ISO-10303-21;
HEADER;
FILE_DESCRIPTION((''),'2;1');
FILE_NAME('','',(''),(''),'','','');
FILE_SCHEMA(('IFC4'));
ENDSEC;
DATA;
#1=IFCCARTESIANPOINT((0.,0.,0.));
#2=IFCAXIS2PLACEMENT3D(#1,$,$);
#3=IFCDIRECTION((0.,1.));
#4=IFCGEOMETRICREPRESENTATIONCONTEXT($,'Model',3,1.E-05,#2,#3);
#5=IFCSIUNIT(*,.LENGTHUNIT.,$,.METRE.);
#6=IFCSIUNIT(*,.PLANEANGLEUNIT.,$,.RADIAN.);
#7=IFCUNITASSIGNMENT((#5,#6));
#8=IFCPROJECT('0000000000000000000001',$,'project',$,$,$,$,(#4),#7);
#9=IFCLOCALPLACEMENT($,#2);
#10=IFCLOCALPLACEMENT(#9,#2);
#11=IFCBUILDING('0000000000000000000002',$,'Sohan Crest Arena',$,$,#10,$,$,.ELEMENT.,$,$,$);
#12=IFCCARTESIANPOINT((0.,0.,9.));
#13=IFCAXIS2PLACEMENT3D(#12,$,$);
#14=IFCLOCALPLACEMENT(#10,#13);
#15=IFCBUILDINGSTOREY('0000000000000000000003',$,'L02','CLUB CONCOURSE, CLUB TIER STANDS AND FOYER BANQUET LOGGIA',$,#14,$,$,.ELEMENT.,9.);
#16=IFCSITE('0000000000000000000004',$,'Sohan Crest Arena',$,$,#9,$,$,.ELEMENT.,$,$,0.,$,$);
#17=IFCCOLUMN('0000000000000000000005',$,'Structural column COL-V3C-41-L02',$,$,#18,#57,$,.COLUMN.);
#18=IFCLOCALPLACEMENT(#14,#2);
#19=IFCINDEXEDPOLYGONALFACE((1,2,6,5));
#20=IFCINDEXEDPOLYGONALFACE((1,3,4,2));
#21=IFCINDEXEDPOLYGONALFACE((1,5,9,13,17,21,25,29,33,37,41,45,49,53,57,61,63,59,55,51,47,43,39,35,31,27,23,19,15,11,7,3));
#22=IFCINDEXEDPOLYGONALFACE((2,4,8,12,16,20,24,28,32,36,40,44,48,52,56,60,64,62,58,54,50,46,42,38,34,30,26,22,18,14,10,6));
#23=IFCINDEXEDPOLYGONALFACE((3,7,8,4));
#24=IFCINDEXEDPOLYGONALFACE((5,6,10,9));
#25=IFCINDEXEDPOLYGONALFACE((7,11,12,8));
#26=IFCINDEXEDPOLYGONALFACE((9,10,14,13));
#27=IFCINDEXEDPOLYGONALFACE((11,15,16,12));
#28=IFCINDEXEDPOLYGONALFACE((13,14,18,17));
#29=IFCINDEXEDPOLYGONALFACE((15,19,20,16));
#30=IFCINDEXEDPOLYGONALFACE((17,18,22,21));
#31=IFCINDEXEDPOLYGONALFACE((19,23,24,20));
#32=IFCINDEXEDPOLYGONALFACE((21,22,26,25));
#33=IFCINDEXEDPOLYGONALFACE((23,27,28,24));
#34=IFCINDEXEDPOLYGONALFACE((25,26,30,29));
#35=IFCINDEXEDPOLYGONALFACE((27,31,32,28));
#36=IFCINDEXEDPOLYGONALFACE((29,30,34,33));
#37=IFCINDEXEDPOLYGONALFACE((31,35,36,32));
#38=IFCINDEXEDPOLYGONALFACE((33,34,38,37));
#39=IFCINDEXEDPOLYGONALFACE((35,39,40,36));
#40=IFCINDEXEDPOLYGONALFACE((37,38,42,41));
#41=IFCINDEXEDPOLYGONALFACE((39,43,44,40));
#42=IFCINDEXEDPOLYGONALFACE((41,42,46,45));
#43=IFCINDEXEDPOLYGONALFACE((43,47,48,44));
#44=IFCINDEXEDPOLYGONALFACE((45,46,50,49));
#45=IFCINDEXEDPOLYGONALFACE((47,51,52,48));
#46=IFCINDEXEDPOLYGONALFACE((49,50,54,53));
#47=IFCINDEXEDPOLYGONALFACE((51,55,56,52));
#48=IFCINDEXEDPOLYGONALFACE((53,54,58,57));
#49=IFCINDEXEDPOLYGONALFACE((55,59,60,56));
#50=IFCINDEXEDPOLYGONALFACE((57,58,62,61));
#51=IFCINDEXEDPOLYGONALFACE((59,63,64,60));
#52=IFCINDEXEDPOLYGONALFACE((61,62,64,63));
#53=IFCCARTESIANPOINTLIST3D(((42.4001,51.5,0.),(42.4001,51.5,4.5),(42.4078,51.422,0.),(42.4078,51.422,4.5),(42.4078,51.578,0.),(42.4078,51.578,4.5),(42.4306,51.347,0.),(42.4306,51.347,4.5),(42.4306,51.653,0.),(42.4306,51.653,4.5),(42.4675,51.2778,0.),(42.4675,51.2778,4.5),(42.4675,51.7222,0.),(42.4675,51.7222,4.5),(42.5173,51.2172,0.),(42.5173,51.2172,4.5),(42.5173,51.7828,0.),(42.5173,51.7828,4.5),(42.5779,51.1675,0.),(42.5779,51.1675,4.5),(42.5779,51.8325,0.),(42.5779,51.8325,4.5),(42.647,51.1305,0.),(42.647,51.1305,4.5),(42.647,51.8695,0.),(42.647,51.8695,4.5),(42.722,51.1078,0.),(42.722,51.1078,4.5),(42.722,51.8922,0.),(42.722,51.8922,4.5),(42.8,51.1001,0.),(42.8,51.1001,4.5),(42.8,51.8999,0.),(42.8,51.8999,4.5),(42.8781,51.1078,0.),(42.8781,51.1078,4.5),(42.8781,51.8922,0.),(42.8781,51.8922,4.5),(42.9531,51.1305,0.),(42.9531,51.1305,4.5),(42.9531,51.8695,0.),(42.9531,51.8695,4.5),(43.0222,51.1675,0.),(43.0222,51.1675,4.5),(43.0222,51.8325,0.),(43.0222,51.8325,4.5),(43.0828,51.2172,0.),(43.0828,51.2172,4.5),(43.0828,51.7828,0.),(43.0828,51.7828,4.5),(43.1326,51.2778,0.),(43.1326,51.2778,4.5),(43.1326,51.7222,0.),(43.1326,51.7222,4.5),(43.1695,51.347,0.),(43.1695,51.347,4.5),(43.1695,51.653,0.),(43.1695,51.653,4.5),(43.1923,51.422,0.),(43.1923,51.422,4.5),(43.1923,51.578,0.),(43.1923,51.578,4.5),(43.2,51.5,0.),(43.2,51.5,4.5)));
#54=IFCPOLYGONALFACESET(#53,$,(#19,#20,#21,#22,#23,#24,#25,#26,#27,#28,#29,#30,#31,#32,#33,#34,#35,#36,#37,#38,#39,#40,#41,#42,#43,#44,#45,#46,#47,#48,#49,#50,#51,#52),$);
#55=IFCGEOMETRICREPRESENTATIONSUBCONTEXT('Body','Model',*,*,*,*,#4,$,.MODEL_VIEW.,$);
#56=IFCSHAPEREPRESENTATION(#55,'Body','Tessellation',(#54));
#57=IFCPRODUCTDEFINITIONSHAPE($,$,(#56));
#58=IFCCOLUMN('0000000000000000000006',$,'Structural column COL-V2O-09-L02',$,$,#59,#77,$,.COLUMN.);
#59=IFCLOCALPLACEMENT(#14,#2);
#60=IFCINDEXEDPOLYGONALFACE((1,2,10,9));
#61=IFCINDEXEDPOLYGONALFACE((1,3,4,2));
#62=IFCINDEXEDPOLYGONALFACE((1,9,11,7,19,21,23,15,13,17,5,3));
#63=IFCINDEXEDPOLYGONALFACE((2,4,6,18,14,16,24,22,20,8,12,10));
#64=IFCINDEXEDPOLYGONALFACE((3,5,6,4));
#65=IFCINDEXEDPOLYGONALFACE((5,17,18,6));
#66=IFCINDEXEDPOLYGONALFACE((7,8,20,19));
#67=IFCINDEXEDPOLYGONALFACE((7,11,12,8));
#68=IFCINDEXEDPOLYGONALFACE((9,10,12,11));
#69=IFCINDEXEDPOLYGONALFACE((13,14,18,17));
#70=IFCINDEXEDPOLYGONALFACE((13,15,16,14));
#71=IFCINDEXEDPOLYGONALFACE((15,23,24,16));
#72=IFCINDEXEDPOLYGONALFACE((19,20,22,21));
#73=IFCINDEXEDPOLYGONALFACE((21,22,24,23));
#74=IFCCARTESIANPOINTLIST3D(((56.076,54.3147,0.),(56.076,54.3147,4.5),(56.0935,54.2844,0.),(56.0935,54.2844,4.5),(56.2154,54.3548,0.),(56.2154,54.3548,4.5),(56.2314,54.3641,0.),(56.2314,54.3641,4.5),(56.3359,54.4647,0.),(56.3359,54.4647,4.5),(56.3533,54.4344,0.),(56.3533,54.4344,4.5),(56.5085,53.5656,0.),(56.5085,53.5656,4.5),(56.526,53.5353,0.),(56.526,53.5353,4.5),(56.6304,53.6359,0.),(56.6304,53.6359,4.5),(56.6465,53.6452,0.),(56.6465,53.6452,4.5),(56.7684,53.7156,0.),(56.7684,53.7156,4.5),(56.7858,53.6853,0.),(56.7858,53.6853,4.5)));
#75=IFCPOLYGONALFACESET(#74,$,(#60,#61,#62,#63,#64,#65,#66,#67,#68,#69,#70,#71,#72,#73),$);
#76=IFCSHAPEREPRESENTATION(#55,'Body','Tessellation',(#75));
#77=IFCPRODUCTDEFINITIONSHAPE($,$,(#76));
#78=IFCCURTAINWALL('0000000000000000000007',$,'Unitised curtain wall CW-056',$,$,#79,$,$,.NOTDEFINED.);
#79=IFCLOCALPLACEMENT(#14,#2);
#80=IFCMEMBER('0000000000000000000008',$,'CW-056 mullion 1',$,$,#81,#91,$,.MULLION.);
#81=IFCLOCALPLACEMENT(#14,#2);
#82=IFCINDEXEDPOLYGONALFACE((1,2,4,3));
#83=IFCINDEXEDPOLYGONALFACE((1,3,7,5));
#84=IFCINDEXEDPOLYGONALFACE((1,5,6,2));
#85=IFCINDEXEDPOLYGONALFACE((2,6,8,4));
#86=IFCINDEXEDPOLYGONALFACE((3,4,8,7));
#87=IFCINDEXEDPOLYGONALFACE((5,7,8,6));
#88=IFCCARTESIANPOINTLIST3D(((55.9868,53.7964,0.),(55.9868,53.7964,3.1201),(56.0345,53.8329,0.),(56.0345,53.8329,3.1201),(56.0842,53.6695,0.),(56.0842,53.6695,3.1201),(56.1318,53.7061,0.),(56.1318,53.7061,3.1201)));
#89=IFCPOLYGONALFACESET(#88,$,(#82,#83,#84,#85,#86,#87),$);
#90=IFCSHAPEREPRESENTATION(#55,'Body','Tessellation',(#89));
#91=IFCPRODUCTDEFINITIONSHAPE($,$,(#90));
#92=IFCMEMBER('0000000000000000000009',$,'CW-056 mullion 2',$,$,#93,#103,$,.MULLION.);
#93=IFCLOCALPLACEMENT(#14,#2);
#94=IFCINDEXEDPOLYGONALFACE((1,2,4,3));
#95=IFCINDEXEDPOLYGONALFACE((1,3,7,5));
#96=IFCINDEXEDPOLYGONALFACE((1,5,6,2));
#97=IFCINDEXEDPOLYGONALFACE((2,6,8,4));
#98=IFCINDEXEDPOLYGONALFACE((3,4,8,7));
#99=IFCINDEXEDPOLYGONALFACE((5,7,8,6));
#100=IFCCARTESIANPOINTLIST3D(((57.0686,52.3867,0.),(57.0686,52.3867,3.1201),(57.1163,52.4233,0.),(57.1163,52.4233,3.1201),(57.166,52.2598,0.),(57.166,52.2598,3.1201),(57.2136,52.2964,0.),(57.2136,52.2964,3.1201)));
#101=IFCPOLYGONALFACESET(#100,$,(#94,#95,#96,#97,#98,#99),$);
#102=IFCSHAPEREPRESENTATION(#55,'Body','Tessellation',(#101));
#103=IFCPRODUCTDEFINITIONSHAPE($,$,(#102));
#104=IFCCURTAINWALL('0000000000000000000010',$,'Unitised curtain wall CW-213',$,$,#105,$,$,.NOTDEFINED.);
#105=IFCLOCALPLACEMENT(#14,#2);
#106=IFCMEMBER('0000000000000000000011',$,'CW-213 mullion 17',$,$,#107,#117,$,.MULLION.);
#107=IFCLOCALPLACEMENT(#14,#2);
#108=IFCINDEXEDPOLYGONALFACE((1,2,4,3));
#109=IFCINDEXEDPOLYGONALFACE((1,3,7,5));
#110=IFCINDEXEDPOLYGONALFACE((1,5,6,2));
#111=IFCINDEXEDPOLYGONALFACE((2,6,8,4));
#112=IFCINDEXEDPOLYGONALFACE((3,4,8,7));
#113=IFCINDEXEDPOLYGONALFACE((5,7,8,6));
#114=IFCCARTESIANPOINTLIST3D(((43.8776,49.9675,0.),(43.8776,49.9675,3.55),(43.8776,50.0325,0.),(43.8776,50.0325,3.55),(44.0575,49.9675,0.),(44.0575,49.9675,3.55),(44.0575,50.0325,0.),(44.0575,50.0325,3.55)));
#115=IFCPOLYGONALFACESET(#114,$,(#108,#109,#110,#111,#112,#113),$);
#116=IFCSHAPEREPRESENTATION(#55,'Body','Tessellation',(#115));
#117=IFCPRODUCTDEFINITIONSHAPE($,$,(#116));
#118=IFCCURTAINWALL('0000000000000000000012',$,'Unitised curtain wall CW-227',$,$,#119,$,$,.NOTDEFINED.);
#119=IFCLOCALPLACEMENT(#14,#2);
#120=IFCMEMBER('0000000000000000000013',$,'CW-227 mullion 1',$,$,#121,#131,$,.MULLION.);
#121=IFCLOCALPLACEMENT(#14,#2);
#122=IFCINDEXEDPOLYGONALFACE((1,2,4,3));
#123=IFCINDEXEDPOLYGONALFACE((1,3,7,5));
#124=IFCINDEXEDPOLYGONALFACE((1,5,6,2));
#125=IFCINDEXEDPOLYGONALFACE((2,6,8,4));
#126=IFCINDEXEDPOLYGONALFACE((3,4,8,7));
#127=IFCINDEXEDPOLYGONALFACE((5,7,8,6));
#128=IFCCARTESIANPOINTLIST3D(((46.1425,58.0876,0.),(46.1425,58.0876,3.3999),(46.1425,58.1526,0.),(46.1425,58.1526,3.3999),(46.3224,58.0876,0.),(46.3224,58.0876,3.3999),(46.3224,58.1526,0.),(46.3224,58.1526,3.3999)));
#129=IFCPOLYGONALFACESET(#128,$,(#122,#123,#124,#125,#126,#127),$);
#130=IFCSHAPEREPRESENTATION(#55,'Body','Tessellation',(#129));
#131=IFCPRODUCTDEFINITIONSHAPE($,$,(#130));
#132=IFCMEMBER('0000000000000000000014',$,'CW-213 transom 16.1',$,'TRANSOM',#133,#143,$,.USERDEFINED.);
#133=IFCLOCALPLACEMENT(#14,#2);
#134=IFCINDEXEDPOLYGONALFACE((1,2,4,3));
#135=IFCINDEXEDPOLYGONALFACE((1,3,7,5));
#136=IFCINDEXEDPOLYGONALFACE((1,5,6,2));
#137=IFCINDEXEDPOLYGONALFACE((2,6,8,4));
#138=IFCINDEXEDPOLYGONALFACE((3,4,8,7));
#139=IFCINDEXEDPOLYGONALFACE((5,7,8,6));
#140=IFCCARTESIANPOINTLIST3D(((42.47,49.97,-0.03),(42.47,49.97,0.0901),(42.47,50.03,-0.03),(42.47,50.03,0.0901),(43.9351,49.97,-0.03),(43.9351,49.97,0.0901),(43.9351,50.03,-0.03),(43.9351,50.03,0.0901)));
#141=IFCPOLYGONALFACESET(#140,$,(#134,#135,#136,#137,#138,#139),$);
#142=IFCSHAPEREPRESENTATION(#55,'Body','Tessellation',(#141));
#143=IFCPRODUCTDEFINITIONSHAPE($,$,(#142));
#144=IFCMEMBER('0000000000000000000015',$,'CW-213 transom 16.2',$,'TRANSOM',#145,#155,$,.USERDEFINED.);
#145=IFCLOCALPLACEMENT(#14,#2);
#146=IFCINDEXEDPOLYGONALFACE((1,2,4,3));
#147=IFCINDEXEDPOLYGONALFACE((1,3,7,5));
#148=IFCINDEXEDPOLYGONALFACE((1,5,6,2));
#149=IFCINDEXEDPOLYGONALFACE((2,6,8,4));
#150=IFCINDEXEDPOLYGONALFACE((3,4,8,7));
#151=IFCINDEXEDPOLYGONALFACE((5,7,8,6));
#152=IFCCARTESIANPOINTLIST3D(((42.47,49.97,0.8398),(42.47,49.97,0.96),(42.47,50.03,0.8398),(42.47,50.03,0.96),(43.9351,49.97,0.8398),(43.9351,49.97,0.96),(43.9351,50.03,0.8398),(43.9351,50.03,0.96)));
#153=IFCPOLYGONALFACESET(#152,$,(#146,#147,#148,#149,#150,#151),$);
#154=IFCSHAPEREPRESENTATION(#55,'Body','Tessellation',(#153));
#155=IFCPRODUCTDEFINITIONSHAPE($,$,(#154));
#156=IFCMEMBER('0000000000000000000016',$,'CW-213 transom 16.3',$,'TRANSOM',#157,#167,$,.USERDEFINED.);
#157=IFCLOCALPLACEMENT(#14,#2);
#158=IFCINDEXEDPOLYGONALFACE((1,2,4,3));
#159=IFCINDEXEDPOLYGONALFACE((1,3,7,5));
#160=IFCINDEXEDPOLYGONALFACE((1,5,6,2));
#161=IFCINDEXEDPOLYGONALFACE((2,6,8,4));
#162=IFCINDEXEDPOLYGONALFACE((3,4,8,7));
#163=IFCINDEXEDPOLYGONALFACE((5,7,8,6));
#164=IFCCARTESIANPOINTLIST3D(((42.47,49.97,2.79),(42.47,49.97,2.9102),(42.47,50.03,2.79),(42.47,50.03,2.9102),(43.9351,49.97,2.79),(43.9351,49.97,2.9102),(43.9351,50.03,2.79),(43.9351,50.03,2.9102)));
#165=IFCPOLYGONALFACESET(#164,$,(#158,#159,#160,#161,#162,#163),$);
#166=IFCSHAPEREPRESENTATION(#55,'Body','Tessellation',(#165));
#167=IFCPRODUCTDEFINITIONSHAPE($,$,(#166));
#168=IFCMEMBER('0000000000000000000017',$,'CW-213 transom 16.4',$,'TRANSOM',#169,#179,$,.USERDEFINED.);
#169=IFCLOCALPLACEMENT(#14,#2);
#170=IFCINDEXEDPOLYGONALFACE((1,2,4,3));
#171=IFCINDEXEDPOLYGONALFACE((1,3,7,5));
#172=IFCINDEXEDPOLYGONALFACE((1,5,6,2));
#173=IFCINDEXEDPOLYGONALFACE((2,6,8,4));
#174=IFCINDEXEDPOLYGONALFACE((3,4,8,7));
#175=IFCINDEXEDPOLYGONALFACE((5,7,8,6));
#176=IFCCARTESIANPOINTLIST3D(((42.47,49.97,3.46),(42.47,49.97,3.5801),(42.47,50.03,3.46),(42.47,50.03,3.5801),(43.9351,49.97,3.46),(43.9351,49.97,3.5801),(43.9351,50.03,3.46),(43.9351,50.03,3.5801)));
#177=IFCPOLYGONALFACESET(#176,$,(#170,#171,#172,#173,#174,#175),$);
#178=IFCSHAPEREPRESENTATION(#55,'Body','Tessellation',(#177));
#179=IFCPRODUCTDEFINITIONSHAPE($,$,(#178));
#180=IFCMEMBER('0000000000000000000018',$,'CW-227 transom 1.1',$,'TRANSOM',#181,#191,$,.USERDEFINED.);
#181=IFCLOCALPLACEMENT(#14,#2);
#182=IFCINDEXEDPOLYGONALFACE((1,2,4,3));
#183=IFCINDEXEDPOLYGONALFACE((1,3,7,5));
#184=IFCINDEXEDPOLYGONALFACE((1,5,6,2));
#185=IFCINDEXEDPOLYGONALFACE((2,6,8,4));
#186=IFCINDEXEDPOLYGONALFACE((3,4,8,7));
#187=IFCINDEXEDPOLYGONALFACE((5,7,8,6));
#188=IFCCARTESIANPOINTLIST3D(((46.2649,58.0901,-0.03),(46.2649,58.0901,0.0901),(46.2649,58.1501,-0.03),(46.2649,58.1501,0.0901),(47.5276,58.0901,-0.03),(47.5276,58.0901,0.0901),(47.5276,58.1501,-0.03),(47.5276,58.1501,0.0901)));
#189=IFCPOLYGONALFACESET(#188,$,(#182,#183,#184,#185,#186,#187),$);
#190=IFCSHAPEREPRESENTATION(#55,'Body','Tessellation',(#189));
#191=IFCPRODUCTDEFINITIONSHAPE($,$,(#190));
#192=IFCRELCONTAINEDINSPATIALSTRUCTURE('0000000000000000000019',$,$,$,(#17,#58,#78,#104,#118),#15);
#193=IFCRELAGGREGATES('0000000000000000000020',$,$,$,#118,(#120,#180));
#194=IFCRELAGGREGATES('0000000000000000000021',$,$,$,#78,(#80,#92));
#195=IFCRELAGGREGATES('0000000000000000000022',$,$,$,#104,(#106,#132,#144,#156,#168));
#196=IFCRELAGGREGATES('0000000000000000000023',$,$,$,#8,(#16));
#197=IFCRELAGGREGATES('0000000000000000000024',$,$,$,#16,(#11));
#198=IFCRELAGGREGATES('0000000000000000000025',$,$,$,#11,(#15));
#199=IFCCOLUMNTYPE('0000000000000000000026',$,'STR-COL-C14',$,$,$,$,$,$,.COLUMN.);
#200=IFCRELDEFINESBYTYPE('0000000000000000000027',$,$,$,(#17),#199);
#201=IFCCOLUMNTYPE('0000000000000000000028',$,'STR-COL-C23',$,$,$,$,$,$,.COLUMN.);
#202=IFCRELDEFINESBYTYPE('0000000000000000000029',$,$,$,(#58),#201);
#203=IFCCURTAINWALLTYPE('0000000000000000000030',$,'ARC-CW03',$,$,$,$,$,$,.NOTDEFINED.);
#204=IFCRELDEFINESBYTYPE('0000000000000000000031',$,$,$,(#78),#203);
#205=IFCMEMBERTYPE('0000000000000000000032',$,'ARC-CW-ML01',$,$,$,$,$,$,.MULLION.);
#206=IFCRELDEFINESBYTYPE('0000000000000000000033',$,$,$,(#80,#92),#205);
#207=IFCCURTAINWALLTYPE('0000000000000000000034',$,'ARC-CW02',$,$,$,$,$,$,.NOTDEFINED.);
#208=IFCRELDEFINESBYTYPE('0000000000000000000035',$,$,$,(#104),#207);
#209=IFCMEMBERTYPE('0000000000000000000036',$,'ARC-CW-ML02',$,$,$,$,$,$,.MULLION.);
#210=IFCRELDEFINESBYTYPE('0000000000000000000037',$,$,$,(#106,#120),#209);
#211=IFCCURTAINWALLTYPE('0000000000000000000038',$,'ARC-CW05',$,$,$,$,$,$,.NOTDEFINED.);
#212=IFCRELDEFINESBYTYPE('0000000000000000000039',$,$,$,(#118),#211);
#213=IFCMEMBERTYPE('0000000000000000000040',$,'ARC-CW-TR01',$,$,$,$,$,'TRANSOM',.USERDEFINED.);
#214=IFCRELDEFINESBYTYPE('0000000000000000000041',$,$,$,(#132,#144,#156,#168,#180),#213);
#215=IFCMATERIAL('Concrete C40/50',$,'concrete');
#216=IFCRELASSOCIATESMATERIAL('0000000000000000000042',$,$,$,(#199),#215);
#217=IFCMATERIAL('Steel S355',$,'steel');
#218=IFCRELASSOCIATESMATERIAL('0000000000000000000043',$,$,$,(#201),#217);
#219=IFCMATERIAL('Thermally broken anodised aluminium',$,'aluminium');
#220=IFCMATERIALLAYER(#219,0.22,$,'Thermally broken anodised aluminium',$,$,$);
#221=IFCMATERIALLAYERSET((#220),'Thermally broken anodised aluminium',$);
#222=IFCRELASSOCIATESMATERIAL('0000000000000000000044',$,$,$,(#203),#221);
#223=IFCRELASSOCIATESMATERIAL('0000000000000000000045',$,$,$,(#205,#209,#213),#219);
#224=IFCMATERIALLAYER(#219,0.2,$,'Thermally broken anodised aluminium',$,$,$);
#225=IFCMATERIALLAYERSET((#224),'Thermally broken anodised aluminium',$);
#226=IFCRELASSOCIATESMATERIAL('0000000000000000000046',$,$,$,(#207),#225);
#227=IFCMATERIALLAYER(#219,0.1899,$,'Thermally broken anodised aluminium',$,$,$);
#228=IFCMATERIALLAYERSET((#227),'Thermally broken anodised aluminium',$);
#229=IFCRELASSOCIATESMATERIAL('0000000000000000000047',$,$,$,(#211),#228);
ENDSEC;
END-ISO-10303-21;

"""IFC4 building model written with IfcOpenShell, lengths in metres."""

from ifc_helpers import new_model, si_unit, direction, frame, origin, origin_2d, place, context, subcontext, project, spatial, rectangle, circle, i_section, extrude, material, layer, layer_set, material_profile, profile_set, type_object, element, aggregate, save


model = new_model("IFC4")

# Units and contexts
model_context = context("Model", 3, precision=1e-05, world=origin(), true_north=direction((0.0, 1.0)))
body_context = subcontext(model_context, "Body", "Model", "MODEL_VIEW")
ifc_project = project(units=[si_unit("LENGTHUNIT", "METRE"), si_unit("PLANEANGLEUNIT", "RADIAN")], contexts=[model_context])

# Site, building, storey
site_placement = place(None, origin())
site = spatial("IfcSite", under=ifc_project, at=site_placement, Name="Sohan Crest Arena", CompositionType="ELEMENT", RefElevation=0.0)
building_placement = place(site_placement, origin())
building = spatial("IfcBuilding", under=site, at=building_placement, Name="Sohan Crest Arena", CompositionType="ELEMENT")
storey_placement = place(building_placement, frame((0.0, 0.0, 9.0)))
storey = spatial("IfcBuildingStorey", under=building, at=storey_placement, Name="L02", Description="CLUB CONCOURSE, CLUB TIER STANDS AND FOYER BANQUET LOGGIA", CompositionType="ELEMENT", Elevation=9.0)

# Columns
ifc_material_1 = material(Name="Concrete C40/50", Category="concrete")
ifc_material_profile_1 = material_profile(ifc_material_1, circle(Radius=0.3999, at=origin_2d()), Name="RC D800")
ifc_profile_set_1 = profile_set([ifc_material_profile_1], Name="Concrete C40/50")
column_type_1 = type_object("IfcColumnType", Name="STR-COL-C14", PredefinedType="COLUMN", material=ifc_profile_set_1)
column_1_placement = place(storey_placement, frame((42.8, 51.5, 0.0), z_axis=(0.0, 0.0, 1.0), x_axis=(1.0, 0.0, 0.0)))
element("IfcColumn", 1, at=column_1_placement, inside=storey, type_object=column_type_1, Name="Structural column COL-V3C-41-L02", PredefinedType="COLUMN", context=body_context, shape_type="SweptSolid", body=[
    extrude(circle(Radius=0.3999, at=origin_2d()), origin(), (0.0, 0.0, 1.0), 4.5),
])
ifc_material_2 = material(Name="Steel S355", Category="steel")
ifc_material_profile_2 = material_profile(ifc_material_2, i_section(OverallWidth=0.3, OverallDepth=0.8999, WebThickness=0.0186, FlangeThickness=0.0349, at=origin_2d()), Name="HEB 900")
ifc_profile_set_2 = profile_set([ifc_material_profile_2], Name="Steel S355")
column_type_2 = type_object("IfcColumnType", Name="STR-COL-C23", PredefinedType="COLUMN", material=ifc_profile_set_2)
column_2_placement = place(storey_placement, frame((56.4309, 54.0, 0.0), z_axis=(0.0, 0.0, 1.0), x_axis=(0.866025, 0.5, 0.0)))
element("IfcColumn", 2, at=column_2_placement, inside=storey, type_object=column_type_2, Name="Structural column COL-V2O-09-L02", PredefinedType="COLUMN", context=body_context, shape_type="SweptSolid", body=[
    extrude(i_section(OverallWidth=0.3, OverallDepth=0.8999, WebThickness=0.0186, FlangeThickness=0.0349, at=origin_2d()), origin(), (0.0, 0.0, 1.0), 4.5),
])

# Curtain wall, members
ifc_material_3 = material(Name="Thermally broken anodised aluminium", Category="aluminium")
ifc_layer_1 = layer(ifc_material_3, 0.22, Name="Thermally broken anodised aluminium")
ifc_layer_set_1 = layer_set([ifc_layer_1], Name="Thermally broken anodised aluminium")
curtain_wall_type_1 = type_object("IfcCurtainWallType", Name="ARC-CW03", PredefinedType="NOTDEFINED", material=ifc_layer_set_1)
curtain_wall_1_placement = place(storey_placement, origin())
curtain_wall_1 = element("IfcCurtainWall", 3, at=curtain_wall_1_placement, inside=storey, type_object=curtain_wall_type_1, Name="Unitised curtain wall CW-056", PredefinedType="NOTDEFINED")
ifc_material_profile_3 = material_profile(ifc_material_3, rectangle(XDim=0.0601, YDim=0.1599, at=origin_2d()), Name="ALU-MULL 60x160")
ifc_profile_set_3 = profile_set([ifc_material_profile_3], Name="Thermally broken anodised aluminium")
member_type_1 = type_object("IfcMemberType", Name="ARC-CW-ML01", PredefinedType="MULLION", material=ifc_profile_set_3)
member_1_placement = place(storey_placement, frame((56.0593, 53.7512, 0.0), z_axis=(0.0, 0.0, 1.0), x_axis=(0.793329, 0.608793, 0.0)))
member_1 = element("IfcMember", 4, at=member_1_placement, type_object=member_type_1, Name="CW-056 mullion 1", PredefinedType="MULLION", context=body_context, shape_type="SweptSolid", body=[
    extrude(rectangle(XDim=0.0601, YDim=0.1599, at=origin_2d()), origin(), (0.0, 0.0, 1.0), 3.1201),
])
member_2_placement = place(storey_placement, frame((57.1411, 52.3416, 0.0), z_axis=(0.0, 0.0, 1.0), x_axis=(0.793329, 0.608793, 0.0)))
member_2 = element("IfcMember", 5, at=member_2_placement, type_object=member_type_1, Name="CW-056 mullion 2", PredefinedType="MULLION", context=body_context, shape_type="SweptSolid", body=[
    extrude(rectangle(XDim=0.0601, YDim=0.1599, at=origin_2d()), origin(), (0.0, 0.0, 1.0), 3.1201),
])

# Curtain walls, members
ifc_layer_2 = layer(ifc_material_3, 0.2, Name="Thermally broken anodised aluminium")
ifc_layer_set_2 = layer_set([ifc_layer_2], Name="Thermally broken anodised aluminium")
curtain_wall_type_2 = type_object("IfcCurtainWallType", Name="ARC-CW02", PredefinedType="NOTDEFINED", material=ifc_layer_set_2)
curtain_wall_2_placement = place(storey_placement, origin())
curtain_wall_2 = element("IfcCurtainWall", 6, at=curtain_wall_2_placement, inside=storey, type_object=curtain_wall_type_2, Name="Unitised curtain wall CW-213", PredefinedType="NOTDEFINED")
ifc_material_profile_4 = material_profile(ifc_material_3, rectangle(XDim=0.0649, YDim=0.1799, at=origin_2d()), Name="ALU-MULL 65x180")
ifc_profile_set_4 = profile_set([ifc_material_profile_4], Name="Thermally broken anodised aluminium")
member_type_2 = type_object("IfcMemberType", Name="ARC-CW-ML02", PredefinedType="MULLION", material=ifc_profile_set_4)
member_3_placement = place(storey_placement, frame((43.9675, 50.0, 0.0), z_axis=(0.0, 0.0, 1.0), x_axis=(0.0, 1.0, 0.0)))
member_3 = element("IfcMember", 7, at=member_3_placement, type_object=member_type_2, Name="CW-213 mullion 17", PredefinedType="MULLION", context=body_context, shape_type="SweptSolid", body=[
    extrude(rectangle(XDim=0.0649, YDim=0.1799, at=origin_2d()), origin(), (0.0, 0.0, 1.0), 3.55),
])
ifc_layer_3 = layer(ifc_material_3, 0.1899, Name="Thermally broken anodised aluminium")
ifc_layer_set_3 = layer_set([ifc_layer_3], Name="Thermally broken anodised aluminium")
curtain_wall_type_3 = type_object("IfcCurtainWallType", Name="ARC-CW05", PredefinedType="NOTDEFINED", material=ifc_layer_set_3)
curtain_wall_3_placement = place(storey_placement, origin())
curtain_wall_3 = element("IfcCurtainWall", 8, at=curtain_wall_3_placement, inside=storey, type_object=curtain_wall_type_3, Name="Unitised curtain wall CW-227", PredefinedType="NOTDEFINED")
member_4_placement = place(storey_placement, frame((46.2324, 58.1201, 0.0), z_axis=(0.0, 0.0, 1.0), x_axis=(0.0, 1.0, 0.0)))
member_4 = element("IfcMember", 9, at=member_4_placement, type_object=member_type_2, Name="CW-227 mullion 1", PredefinedType="MULLION", context=body_context, shape_type="SweptSolid", body=[
    extrude(rectangle(XDim=0.0649, YDim=0.1799, at=origin_2d()), origin(), (0.0, 0.0, 1.0), 3.3999),
])

# Members
ifc_material_profile_5 = material_profile(ifc_material_3, rectangle(XDim=0.0601, YDim=0.1201, at=origin_2d()), Name="ALU-TRAN 60x120")
ifc_profile_set_5 = profile_set([ifc_material_profile_5], Name="Thermally broken anodised aluminium")
member_type_3 = type_object("IfcMemberType", Name="ARC-CW-TR01", ElementType="TRANSOM", PredefinedType="USERDEFINED", material=ifc_profile_set_5)
member_5_placement = place(storey_placement, frame((42.47, 50.0, 0.03), z_axis=(1.0, 0.0, 0.0), x_axis=(0.0, 1.0, 0.0)))
member_5 = element("IfcMember", 10, at=member_5_placement, type_object=member_type_3, Name="CW-213 transom 16.1", ObjectType="TRANSOM", PredefinedType="USERDEFINED", context=body_context, shape_type="SweptSolid", body=[
    extrude(rectangle(XDim=0.0601, YDim=0.1201, at=origin_2d()), origin(), (0.0, 0.0, 1.0), 1.4651),
])
member_6_placement = place(storey_placement, frame((42.47, 50.0, 0.8999), z_axis=(1.0, 0.0, 0.0), x_axis=(0.0, 1.0, 0.0)))
member_6 = element("IfcMember", 11, at=member_6_placement, type_object=member_type_3, Name="CW-213 transom 16.2", ObjectType="TRANSOM", PredefinedType="USERDEFINED", context=body_context, shape_type="SweptSolid", body=[
    extrude(rectangle(XDim=0.0601, YDim=0.1201, at=origin_2d()), origin(), (0.0, 0.0, 1.0), 1.4651),
])
member_7_placement = place(storey_placement, frame((42.47, 50.0, 2.8501), z_axis=(1.0, 0.0, 0.0), x_axis=(0.0, 1.0, 0.0)))
member_7 = element("IfcMember", 12, at=member_7_placement, type_object=member_type_3, Name="CW-213 transom 16.3", ObjectType="TRANSOM", PredefinedType="USERDEFINED", context=body_context, shape_type="SweptSolid", body=[
    extrude(rectangle(XDim=0.0601, YDim=0.1201, at=origin_2d()), origin(), (0.0, 0.0, 1.0), 1.4651),
])
member_8_placement = place(storey_placement, frame((42.47, 50.0, 3.52), z_axis=(1.0, 0.0, 0.0), x_axis=(0.0, 1.0, 0.0)))
member_8 = element("IfcMember", 13, at=member_8_placement, type_object=member_type_3, Name="CW-213 transom 16.4", ObjectType="TRANSOM", PredefinedType="USERDEFINED", context=body_context, shape_type="SweptSolid", body=[
    extrude(rectangle(XDim=0.0601, YDim=0.1201, at=origin_2d()), origin(), (0.0, 0.0, 1.0), 1.4651),
])
member_9_placement = place(storey_placement, frame((46.2649, 58.1201, 0.03), z_axis=(1.0, 0.0, 0.0), x_axis=(0.0, 1.0, 0.0)))
member_9 = element("IfcMember", 14, at=member_9_placement, type_object=member_type_3, Name="CW-227 transom 1.1", ObjectType="TRANSOM", PredefinedType="USERDEFINED", context=body_context, shape_type="SweptSolid", body=[
    extrude(rectangle(XDim=0.0601, YDim=0.1201, at=origin_2d()), origin(), (0.0, 0.0, 1.0), 1.2627),
])
aggregate(curtain_wall_3, [member_4, member_9])

aggregate(curtain_wall_1, [member_1, member_2])
aggregate(curtain_wall_2, [member_3, member_5, member_6, member_7, member_8])

save(model, "model.ifc")
